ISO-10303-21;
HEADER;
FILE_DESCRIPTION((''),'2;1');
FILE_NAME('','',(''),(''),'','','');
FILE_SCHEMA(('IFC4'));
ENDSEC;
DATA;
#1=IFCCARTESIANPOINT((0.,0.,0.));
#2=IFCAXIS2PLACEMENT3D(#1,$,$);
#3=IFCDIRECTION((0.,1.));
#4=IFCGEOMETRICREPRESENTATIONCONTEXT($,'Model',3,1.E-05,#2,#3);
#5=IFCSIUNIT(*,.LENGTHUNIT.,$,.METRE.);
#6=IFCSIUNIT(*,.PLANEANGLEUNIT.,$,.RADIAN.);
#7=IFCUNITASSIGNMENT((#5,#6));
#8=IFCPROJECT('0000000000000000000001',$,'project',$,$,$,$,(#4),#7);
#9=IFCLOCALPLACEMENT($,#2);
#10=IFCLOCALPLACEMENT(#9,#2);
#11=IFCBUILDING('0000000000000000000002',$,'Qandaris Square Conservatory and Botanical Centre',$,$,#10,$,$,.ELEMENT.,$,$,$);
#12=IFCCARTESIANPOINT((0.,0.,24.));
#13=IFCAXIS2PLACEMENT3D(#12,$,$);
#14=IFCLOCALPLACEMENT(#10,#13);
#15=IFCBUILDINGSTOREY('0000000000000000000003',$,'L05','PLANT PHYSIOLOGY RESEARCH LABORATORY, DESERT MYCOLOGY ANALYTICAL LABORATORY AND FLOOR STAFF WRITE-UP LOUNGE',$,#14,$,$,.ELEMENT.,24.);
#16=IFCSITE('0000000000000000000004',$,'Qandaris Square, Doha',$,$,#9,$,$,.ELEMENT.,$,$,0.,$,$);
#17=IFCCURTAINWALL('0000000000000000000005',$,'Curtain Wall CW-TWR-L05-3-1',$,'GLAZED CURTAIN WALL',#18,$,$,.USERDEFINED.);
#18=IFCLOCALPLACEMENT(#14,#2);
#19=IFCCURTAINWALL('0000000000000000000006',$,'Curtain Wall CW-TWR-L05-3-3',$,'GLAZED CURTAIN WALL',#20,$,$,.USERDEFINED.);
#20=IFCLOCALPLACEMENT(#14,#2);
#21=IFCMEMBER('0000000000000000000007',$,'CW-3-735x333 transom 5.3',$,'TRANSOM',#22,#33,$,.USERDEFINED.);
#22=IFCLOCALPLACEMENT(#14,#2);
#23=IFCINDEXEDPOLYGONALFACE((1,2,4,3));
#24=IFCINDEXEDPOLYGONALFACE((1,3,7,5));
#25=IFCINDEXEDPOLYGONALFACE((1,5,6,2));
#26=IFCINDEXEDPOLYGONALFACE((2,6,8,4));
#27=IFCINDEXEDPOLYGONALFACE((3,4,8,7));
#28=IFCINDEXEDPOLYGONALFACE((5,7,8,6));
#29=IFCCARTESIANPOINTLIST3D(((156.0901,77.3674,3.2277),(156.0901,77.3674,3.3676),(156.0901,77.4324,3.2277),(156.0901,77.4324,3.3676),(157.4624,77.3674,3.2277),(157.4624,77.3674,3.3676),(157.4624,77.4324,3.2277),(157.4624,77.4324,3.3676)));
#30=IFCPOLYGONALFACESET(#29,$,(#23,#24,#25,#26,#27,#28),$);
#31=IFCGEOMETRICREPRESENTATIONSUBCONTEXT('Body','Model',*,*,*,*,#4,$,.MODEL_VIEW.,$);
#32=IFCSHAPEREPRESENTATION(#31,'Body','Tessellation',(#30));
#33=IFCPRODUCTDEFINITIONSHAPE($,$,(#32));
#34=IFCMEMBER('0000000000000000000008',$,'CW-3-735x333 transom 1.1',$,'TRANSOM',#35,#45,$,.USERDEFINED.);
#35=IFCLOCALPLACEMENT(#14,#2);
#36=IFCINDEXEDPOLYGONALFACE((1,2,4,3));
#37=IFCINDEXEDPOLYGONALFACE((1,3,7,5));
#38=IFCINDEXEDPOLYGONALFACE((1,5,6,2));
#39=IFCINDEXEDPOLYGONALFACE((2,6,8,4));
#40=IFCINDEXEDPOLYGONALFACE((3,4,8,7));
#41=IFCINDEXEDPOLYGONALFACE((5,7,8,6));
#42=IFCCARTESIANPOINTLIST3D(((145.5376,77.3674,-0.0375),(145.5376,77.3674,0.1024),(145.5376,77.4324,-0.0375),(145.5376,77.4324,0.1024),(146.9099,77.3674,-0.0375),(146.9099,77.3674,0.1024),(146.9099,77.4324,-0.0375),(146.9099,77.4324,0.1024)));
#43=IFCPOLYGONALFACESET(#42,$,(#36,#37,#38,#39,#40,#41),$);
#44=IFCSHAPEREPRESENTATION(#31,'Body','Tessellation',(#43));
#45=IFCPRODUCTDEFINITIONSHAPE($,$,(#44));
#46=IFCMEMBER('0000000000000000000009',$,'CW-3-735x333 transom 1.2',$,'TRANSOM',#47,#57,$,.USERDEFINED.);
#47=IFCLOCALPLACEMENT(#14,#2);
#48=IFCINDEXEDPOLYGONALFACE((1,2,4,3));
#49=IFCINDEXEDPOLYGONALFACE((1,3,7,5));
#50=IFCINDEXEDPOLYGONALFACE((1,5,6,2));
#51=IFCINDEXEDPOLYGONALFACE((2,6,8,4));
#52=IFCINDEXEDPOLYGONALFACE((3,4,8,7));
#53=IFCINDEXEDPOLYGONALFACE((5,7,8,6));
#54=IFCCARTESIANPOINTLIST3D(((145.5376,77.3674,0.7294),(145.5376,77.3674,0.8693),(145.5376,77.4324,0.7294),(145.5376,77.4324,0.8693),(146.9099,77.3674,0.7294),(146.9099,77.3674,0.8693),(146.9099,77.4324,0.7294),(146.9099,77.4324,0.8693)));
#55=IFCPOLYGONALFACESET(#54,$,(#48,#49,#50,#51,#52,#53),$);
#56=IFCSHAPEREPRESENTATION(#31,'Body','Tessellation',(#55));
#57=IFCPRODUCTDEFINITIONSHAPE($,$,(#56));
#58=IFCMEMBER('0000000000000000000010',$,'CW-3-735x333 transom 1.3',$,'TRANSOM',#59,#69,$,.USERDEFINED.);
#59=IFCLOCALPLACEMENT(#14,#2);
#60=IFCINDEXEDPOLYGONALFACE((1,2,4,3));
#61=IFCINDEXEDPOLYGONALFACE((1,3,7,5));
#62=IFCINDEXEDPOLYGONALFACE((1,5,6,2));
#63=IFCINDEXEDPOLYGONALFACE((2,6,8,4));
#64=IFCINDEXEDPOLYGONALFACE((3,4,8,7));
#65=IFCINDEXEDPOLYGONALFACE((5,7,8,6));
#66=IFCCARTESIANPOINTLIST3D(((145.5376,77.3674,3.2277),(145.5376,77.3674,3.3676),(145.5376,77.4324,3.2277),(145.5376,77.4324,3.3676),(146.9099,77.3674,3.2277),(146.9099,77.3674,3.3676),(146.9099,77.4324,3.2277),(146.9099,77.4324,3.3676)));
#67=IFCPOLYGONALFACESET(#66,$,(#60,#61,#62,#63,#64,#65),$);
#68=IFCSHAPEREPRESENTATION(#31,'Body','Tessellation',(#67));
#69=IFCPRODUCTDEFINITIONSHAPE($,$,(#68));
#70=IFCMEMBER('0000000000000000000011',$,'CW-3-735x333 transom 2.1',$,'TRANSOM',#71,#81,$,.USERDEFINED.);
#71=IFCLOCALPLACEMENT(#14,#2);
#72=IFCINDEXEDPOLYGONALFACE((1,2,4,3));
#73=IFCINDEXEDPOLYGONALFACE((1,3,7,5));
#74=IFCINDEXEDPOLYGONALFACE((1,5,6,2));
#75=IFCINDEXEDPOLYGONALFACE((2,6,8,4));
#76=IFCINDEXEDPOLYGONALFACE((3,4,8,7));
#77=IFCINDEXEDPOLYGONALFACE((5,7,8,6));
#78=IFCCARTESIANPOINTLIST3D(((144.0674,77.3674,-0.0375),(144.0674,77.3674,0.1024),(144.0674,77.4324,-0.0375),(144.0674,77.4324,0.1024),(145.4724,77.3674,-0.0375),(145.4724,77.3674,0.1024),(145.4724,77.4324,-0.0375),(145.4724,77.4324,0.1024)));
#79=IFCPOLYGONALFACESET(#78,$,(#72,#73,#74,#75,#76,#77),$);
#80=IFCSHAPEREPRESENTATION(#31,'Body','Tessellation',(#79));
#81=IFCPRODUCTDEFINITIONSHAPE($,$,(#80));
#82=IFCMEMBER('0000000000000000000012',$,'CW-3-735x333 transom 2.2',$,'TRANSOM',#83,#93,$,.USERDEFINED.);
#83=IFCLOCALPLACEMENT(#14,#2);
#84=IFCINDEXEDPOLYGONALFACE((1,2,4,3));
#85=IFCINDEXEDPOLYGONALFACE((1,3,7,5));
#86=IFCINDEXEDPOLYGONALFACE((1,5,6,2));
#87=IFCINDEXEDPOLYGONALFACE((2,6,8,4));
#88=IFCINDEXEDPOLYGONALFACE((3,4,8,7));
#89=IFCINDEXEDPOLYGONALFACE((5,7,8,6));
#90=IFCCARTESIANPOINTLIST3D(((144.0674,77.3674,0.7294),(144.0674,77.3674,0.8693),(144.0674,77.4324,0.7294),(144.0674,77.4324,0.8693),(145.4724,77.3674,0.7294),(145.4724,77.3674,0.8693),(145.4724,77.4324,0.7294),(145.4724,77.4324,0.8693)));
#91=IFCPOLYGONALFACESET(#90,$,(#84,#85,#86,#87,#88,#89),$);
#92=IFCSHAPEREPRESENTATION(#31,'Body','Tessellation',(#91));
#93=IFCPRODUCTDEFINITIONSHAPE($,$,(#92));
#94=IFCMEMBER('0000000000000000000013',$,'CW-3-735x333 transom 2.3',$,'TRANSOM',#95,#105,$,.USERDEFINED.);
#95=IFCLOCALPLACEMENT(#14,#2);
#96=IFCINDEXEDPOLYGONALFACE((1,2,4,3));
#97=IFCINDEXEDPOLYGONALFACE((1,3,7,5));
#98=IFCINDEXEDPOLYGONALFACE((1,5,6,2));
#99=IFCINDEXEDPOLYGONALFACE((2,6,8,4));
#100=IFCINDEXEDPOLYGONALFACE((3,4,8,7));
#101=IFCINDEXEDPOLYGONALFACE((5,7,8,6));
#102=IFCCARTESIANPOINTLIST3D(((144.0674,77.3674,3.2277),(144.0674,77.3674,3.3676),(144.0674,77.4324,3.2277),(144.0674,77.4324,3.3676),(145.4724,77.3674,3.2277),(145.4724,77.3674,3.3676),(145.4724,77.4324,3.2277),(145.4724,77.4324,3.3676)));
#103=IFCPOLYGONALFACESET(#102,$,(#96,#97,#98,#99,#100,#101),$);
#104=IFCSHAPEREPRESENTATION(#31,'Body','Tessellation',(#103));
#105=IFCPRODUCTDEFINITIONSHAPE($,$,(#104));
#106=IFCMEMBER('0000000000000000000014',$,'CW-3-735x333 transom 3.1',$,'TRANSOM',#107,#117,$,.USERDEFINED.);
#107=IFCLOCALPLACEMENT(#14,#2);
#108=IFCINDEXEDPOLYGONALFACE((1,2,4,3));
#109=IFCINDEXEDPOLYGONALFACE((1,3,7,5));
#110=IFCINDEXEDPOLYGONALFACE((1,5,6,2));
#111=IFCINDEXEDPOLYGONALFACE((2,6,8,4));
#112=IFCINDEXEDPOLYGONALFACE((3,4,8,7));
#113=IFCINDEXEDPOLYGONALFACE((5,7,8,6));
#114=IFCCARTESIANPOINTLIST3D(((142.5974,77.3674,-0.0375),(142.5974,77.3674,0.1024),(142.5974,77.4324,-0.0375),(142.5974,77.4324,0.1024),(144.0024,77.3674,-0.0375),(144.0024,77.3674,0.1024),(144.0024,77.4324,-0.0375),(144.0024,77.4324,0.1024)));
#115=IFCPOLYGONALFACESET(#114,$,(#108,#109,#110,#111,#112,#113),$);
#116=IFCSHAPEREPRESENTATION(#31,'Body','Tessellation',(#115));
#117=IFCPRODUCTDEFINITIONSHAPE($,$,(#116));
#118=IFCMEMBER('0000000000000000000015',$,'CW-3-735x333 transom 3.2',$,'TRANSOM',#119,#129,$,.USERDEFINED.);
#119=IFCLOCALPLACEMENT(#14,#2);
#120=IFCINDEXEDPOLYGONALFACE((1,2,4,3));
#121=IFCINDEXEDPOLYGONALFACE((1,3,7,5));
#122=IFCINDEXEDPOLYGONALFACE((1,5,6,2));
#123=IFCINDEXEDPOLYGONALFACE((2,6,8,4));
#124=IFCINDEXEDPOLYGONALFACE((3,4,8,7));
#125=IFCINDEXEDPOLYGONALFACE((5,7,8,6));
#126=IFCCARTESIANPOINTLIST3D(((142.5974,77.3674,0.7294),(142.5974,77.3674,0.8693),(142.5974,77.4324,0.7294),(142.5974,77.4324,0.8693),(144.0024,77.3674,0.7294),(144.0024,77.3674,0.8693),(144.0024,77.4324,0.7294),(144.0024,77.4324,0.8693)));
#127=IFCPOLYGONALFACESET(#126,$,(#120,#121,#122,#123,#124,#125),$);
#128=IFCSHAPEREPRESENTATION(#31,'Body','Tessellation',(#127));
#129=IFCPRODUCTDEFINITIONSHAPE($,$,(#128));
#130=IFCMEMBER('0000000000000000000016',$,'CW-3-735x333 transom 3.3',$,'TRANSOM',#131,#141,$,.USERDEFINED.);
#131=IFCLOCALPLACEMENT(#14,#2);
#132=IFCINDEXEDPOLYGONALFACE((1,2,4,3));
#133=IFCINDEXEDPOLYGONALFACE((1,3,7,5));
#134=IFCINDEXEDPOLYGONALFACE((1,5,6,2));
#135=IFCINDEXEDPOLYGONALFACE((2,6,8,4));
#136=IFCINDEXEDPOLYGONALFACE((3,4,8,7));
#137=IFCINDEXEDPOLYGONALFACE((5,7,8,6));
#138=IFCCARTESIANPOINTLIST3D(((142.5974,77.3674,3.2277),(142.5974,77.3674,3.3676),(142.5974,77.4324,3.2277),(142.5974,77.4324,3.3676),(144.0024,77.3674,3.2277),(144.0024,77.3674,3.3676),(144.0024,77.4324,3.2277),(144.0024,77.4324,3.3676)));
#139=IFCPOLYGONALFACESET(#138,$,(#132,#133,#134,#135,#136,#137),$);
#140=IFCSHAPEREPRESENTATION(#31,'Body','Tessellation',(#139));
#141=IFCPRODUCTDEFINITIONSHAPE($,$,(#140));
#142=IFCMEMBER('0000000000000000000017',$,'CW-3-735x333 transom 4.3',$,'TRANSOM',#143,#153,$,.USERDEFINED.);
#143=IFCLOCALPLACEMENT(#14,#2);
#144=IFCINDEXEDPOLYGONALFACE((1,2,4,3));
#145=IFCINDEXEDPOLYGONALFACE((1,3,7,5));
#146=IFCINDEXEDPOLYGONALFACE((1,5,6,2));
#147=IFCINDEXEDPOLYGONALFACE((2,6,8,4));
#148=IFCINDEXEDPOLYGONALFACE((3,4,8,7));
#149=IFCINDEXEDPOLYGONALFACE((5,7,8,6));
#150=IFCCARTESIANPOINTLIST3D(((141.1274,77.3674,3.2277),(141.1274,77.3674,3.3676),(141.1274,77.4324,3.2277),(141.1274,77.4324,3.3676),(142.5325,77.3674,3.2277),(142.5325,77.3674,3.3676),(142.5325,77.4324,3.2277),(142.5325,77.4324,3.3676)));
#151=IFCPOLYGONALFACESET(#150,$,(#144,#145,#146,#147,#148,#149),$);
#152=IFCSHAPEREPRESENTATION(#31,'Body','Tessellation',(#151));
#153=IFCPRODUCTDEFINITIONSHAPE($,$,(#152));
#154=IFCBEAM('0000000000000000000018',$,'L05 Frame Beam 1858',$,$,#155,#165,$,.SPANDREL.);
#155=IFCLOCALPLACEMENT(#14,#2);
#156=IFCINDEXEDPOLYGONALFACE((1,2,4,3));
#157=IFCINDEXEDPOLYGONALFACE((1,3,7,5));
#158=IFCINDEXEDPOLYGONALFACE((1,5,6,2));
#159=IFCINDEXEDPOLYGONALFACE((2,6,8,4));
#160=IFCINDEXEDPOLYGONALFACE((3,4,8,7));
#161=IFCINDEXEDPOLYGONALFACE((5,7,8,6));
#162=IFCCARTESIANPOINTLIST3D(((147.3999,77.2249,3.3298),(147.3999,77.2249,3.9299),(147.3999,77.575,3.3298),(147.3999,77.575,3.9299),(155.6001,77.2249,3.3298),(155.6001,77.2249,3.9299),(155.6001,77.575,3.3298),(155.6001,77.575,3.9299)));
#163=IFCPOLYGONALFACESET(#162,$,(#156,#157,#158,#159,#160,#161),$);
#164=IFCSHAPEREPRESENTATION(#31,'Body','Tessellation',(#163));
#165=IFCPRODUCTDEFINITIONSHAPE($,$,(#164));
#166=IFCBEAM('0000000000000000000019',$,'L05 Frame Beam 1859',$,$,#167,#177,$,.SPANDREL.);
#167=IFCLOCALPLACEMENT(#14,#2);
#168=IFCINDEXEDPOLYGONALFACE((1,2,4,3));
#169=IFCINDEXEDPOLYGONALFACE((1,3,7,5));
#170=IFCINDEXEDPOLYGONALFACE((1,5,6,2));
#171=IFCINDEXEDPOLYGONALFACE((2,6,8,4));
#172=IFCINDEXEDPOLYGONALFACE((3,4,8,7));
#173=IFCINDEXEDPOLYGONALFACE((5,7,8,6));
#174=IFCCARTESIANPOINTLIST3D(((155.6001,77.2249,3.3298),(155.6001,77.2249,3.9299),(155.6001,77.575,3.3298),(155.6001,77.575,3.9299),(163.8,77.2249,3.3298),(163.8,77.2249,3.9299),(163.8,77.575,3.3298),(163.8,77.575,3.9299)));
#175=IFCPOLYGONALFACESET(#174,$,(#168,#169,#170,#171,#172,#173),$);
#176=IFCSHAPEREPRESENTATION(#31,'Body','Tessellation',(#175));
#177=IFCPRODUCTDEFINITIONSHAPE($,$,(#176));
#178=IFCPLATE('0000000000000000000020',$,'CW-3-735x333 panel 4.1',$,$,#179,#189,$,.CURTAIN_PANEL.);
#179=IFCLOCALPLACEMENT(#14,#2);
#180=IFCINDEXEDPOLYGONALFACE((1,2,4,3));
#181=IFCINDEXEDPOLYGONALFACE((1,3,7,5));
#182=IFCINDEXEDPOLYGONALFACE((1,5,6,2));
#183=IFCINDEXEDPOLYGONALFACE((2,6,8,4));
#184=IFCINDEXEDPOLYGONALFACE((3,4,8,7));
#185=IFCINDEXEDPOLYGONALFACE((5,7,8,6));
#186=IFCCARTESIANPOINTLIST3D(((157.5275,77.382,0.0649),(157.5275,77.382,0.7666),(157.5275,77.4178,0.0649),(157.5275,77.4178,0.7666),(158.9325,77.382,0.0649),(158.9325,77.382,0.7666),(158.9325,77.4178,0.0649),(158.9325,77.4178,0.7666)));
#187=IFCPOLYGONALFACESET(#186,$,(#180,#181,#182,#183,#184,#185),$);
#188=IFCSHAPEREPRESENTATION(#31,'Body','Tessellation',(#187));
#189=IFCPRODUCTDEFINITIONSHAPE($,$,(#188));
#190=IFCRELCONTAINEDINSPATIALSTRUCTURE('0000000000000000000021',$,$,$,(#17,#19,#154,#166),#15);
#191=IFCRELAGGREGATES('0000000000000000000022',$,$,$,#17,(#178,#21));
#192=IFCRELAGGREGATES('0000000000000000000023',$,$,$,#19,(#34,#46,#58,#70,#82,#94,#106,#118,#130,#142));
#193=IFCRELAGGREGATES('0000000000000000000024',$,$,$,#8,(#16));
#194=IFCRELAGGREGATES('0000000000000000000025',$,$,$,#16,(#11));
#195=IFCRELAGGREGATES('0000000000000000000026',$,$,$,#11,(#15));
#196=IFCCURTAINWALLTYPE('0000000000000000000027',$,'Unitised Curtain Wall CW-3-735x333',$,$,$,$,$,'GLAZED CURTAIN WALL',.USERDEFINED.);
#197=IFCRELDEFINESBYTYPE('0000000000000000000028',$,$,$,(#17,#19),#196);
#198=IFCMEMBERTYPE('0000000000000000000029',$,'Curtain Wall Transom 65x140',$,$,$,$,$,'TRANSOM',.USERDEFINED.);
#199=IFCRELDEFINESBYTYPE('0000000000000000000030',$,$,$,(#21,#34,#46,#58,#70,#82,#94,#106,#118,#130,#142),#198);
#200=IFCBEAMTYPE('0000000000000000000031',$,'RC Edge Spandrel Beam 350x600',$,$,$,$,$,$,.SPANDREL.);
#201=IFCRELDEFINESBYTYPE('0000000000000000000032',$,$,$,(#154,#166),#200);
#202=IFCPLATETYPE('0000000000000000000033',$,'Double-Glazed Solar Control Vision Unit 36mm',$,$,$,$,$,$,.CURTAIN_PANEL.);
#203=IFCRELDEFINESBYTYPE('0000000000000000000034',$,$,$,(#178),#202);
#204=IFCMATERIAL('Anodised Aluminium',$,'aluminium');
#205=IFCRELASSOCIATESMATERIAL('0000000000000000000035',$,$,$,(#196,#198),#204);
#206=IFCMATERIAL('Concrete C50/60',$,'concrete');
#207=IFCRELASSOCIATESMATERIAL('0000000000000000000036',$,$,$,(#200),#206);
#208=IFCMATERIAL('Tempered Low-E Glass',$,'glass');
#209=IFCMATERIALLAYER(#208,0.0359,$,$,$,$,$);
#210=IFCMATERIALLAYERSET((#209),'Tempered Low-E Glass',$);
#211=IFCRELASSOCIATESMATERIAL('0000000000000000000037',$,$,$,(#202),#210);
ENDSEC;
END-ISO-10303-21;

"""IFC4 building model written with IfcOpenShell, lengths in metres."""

from ifc_helpers import new_model, si_unit, direction, frame, origin, origin_2d, place, context, subcontext, project, spatial, rectangle, extrude, material, layer, layer_set, material_profile, profile_set, type_object, element, aggregate, save


model = new_model("IFC4")

# Units and contexts
model_context = context("Model", 3, precision=1e-05, world=origin(), true_north=direction((0.0, 1.0)))
body_context = subcontext(model_context, "Body", "Model", "MODEL_VIEW")
ifc_project = project(units=[si_unit("LENGTHUNIT", "METRE"), si_unit("PLANEANGLEUNIT", "RADIAN")], contexts=[model_context])

# Site, building, storey
site_placement = place(None, origin())
site = spatial("IfcSite", under=ifc_project, at=site_placement, Name="Qandaris Square, Doha", CompositionType="ELEMENT", RefElevation=0.0)
building_placement = place(site_placement, origin())
building = spatial("IfcBuilding", under=site, at=building_placement, Name="Qandaris Square Conservatory and Botanical Centre", CompositionType="ELEMENT")
storey_placement = place(building_placement, frame((0.0, 0.0, 24.0)))
storey = spatial("IfcBuildingStorey", under=building, at=storey_placement, Name="L05", Description="PLANT PHYSIOLOGY RESEARCH LABORATORY, DESERT MYCOLOGY ANALYTICAL LABORATORY AND FLOOR STAFF WRITE-UP LOUNGE", CompositionType="ELEMENT", Elevation=24.0)

# Shared definitions
ifc_material_1 = material(Name="Concrete C50/60", Category="concrete")

# Curtain walls
ifc_material_2 = material(Name="Anodised Aluminium", Category="aluminium")
curtain_wall_type = type_object("IfcCurtainWallType", Name="Unitised Curtain Wall CW-3-735x333", ElementType="GLAZED CURTAIN WALL", PredefinedType="USERDEFINED", material=ifc_material_2)
curtain_wall_1_placement = place(storey_placement, origin())
curtain_wall_1 = element("IfcCurtainWall", 1, at=curtain_wall_1_placement, inside=storey, type_object=curtain_wall_type, Name="Curtain Wall CW-TWR-L05-3-1", ObjectType="GLAZED CURTAIN WALL", PredefinedType="USERDEFINED")
curtain_wall_2_placement = place(storey_placement, origin())
curtain_wall_2 = element("IfcCurtainWall", 2, at=curtain_wall_2_placement, inside=storey, type_object=curtain_wall_type, Name="Curtain Wall CW-TWR-L05-3-3", ObjectType="GLAZED CURTAIN WALL", PredefinedType="USERDEFINED")

# Members
ifc_material_profile_1 = material_profile(ifc_material_2, rectangle(XDim=0.0649, YDim=0.1399, at=origin_2d()), Name="ALU-TRN 65x140")
ifc_profile_set_1 = profile_set([ifc_material_profile_1], Name="Anodised Aluminium")
member_type_1 = type_object("IfcMemberType", Name="Curtain Wall Transom 65x140", ElementType="TRANSOM", PredefinedType="USERDEFINED", material=ifc_profile_set_1)
member_1_placement = place(storey_placement, frame((157.4624, 77.3999, 3.2976), z_axis=(-1.0, 0.0, 0.0), x_axis=(0.0, -1.0, 0.0)))
member_1 = element("IfcMember", 3, at=member_1_placement, type_object=member_type_1, Name="CW-3-735x333 transom 5.3", ObjectType="TRANSOM", PredefinedType="USERDEFINED", context=body_context, shape_type="SweptSolid", body=[
    extrude(rectangle(XDim=0.0649, YDim=0.1399, at=origin_2d()), origin(), (0.0, 0.0, 1.0), 1.3723),
])
member_2_placement = place(storey_placement, frame((146.9099, 77.3999, 0.0325), z_axis=(-1.0, 0.0, 0.0), x_axis=(0.0, -1.0, 0.0)))
member_2 = element("IfcMember", 4, at=member_2_placement, type_object=member_type_1, Name="CW-3-735x333 transom 1.1", ObjectType="TRANSOM", PredefinedType="USERDEFINED", context=body_context, shape_type="SweptSolid", body=[
    extrude(rectangle(XDim=0.0649, YDim=0.1399, at=origin_2d()), origin(), (0.0, 0.0, 1.0), 1.3723),
])
member_3_placement = place(storey_placement, frame((146.9099, 77.3999, 0.7993), z_axis=(-1.0, 0.0, 0.0), x_axis=(0.0, -1.0, 0.0)))
member_3 = element("IfcMember", 5, at=member_3_placement, type_object=member_type_1, Name="CW-3-735x333 transom 1.2", ObjectType="TRANSOM", PredefinedType="USERDEFINED", context=body_context, shape_type="SweptSolid", body=[
    extrude(rectangle(XDim=0.0649, YDim=0.1399, at=origin_2d()), origin(), (0.0, 0.0, 1.0), 1.3723),
])
member_4_placement = place(storey_placement, frame((146.9099, 77.3999, 3.2976), z_axis=(-1.0, 0.0, 0.0), x_axis=(0.0, -1.0, 0.0)))
member_4 = element("IfcMember", 6, at=member_4_placement, type_object=member_type_1, Name="CW-3-735x333 transom 1.3", ObjectType="TRANSOM", PredefinedType="USERDEFINED", context=body_context, shape_type="SweptSolid", body=[
    extrude(rectangle(XDim=0.0649, YDim=0.1399, at=origin_2d()), origin(), (0.0, 0.0, 1.0), 1.3723),
])
member_5_placement = place(storey_placement, frame((145.4724, 77.3999, 0.0325), z_axis=(-1.0, 0.0, 0.0), x_axis=(0.0, -1.0, 0.0)))
member_5 = element("IfcMember", 7, at=member_5_placement, type_object=member_type_1, Name="CW-3-735x333 transom 2.1", ObjectType="TRANSOM", PredefinedType="USERDEFINED", context=body_context, shape_type="SweptSolid", body=[
    extrude(rectangle(XDim=0.0649, YDim=0.1399, at=origin_2d()), origin(), (0.0, 0.0, 1.0), 1.405),
])
member_6_placement = place(storey_placement, frame((145.4724, 77.3999, 0.7993), z_axis=(-1.0, 0.0, 0.0), x_axis=(0.0, -1.0, 0.0)))
member_6 = element("IfcMember", 8, at=member_6_placement, type_object=member_type_1, Name="CW-3-735x333 transom 2.2", ObjectType="TRANSOM", PredefinedType="USERDEFINED", context=body_context, shape_type="SweptSolid", body=[
    extrude(rectangle(XDim=0.0649, YDim=0.1399, at=origin_2d()), origin(), (0.0, 0.0, 1.0), 1.405),
])
member_7_placement = place(storey_placement, frame((145.4724, 77.3999, 3.2976), z_axis=(-1.0, 0.0, 0.0), x_axis=(0.0, -1.0, 0.0)))
member_7 = element("IfcMember", 9, at=member_7_placement, type_object=member_type_1, Name="CW-3-735x333 transom 2.3", ObjectType="TRANSOM", PredefinedType="USERDEFINED", context=body_context, shape_type="SweptSolid", body=[
    extrude(rectangle(XDim=0.0649, YDim=0.1399, at=origin_2d()), origin(), (0.0, 0.0, 1.0), 1.405),
])
member_8_placement = place(storey_placement, frame((144.0024, 77.3999, 0.0325), z_axis=(-1.0, 0.0, 0.0), x_axis=(0.0, -1.0, 0.0)))
member_8 = element("IfcMember", 10, at=member_8_placement, type_object=member_type_1, Name="CW-3-735x333 transom 3.1", ObjectType="TRANSOM", PredefinedType="USERDEFINED", context=body_context, shape_type="SweptSolid", body=[
    extrude(rectangle(XDim=0.0649, YDim=0.1399, at=origin_2d()), origin(), (0.0, 0.0, 1.0), 1.405),
])
member_9_placement = place(storey_placement, frame((144.0024, 77.3999, 0.7993), z_axis=(-1.0, 0.0, 0.0), x_axis=(0.0, -1.0, 0.0)))
member_9 = element("IfcMember", 11, at=member_9_placement, type_object=member_type_1, Name="CW-3-735x333 transom 3.2", ObjectType="TRANSOM", PredefinedType="USERDEFINED", context=body_context, shape_type="SweptSolid", body=[
    extrude(rectangle(XDim=0.0649, YDim=0.1399, at=origin_2d()), origin(), (0.0, 0.0, 1.0), 1.405),
])
member_10_placement = place(storey_placement, frame((144.0024, 77.3999, 3.2976), z_axis=(-1.0, 0.0, 0.0), x_axis=(0.0, -1.0, 0.0)))
member_10 = element("IfcMember", 12, at=member_10_placement, type_object=member_type_1, Name="CW-3-735x333 transom 3.3", ObjectType="TRANSOM", PredefinedType="USERDEFINED", context=body_context, shape_type="SweptSolid", body=[
    extrude(rectangle(XDim=0.0649, YDim=0.1399, at=origin_2d()), origin(), (0.0, 0.0, 1.0), 1.405),
])
member_11_placement = place(storey_placement, frame((142.5325, 77.3999, 3.2976), z_axis=(-1.0, 0.0, 0.0), x_axis=(0.0, -1.0, 0.0)))
member_11 = element("IfcMember", 13, at=member_11_placement, type_object=member_type_1, Name="CW-3-735x333 transom 4.3", ObjectType="TRANSOM", PredefinedType="USERDEFINED", context=body_context, shape_type="SweptSolid", body=[
    extrude(rectangle(XDim=0.0649, YDim=0.1399, at=origin_2d()), origin(), (0.0, 0.0, 1.0), 1.405),
])

# Beams
ifc_material_profile_2 = material_profile(ifc_material_1, rectangle(XDim=0.3501, YDim=0.6001, at=origin_2d()), Name="RC-SP 350x600")
ifc_profile_set_2 = profile_set([ifc_material_profile_2], Name="Concrete C50/60")
beam_type_1 = type_object("IfcBeamType", Name="RC Edge Spandrel Beam 350x600", PredefinedType="SPANDREL", material=ifc_profile_set_2)
beam_1_placement = place(storey_placement, frame((147.3999, 77.3999, 3.6299), z_axis=(1.0, 0.0, 0.0), x_axis=(0.0, 1.0, 0.0)))
element("IfcBeam", 14, at=beam_1_placement, inside=storey, type_object=beam_type_1, Name="L05 Frame Beam 1858", PredefinedType="SPANDREL", context=body_context, shape_type="SweptSolid", body=[
    extrude(rectangle(XDim=0.3501, YDim=0.6001, at=origin_2d()), origin(), (0.0, 0.0, 1.0), 8.2002),
])
beam_2_placement = place(storey_placement, frame((155.6001, 77.3999, 3.6299), z_axis=(1.0, 0.0, 0.0), x_axis=(0.0, 1.0, 0.0)))
element("IfcBeam", 15, at=beam_2_placement, inside=storey, type_object=beam_type_1, Name="L05 Frame Beam 1859", PredefinedType="SPANDREL", context=body_context, shape_type="SweptSolid", body=[
    extrude(rectangle(XDim=0.3501, YDim=0.6001, at=origin_2d()), origin(), (0.0, 0.0, 1.0), 8.2),
])

# Plate
ifc_material_3 = material(Name="Tempered Low-E Glass", Category="glass")
ifc_layer_1 = layer(ifc_material_3, 0.0359)
ifc_layer_set_1 = layer_set([ifc_layer_1], Name="Tempered Low-E Glass")
plate_type = type_object("IfcPlateType", Name="Double-Glazed Solar Control Vision Unit 36mm", PredefinedType="CURTAIN_PANEL", material=ifc_layer_set_1)
plate_1_placement = place(storey_placement, frame((158.23, 77.3999, 0.0649), z_axis=(0.0, 0.0, 1.0), x_axis=(-1.0, 0.0, 0.0)))
plate_1 = element("IfcPlate", 16, at=plate_1_placement, type_object=plate_type, Name="CW-3-735x333 panel 4.1", PredefinedType="CURTAIN_PANEL", context=body_context, shape_type="SweptSolid", body=[
    extrude(rectangle(XDim=1.405, YDim=0.0359, at=origin_2d()), origin(), (0.0, 0.0, 1.0), 0.7017),
])
aggregate(curtain_wall_1, [plate_1, member_1])
aggregate(curtain_wall_2, [member_2, member_3, member_4, member_5, member_6, member_7, member_8, member_9, member_10, member_11])

save(model, "model.ifc")
